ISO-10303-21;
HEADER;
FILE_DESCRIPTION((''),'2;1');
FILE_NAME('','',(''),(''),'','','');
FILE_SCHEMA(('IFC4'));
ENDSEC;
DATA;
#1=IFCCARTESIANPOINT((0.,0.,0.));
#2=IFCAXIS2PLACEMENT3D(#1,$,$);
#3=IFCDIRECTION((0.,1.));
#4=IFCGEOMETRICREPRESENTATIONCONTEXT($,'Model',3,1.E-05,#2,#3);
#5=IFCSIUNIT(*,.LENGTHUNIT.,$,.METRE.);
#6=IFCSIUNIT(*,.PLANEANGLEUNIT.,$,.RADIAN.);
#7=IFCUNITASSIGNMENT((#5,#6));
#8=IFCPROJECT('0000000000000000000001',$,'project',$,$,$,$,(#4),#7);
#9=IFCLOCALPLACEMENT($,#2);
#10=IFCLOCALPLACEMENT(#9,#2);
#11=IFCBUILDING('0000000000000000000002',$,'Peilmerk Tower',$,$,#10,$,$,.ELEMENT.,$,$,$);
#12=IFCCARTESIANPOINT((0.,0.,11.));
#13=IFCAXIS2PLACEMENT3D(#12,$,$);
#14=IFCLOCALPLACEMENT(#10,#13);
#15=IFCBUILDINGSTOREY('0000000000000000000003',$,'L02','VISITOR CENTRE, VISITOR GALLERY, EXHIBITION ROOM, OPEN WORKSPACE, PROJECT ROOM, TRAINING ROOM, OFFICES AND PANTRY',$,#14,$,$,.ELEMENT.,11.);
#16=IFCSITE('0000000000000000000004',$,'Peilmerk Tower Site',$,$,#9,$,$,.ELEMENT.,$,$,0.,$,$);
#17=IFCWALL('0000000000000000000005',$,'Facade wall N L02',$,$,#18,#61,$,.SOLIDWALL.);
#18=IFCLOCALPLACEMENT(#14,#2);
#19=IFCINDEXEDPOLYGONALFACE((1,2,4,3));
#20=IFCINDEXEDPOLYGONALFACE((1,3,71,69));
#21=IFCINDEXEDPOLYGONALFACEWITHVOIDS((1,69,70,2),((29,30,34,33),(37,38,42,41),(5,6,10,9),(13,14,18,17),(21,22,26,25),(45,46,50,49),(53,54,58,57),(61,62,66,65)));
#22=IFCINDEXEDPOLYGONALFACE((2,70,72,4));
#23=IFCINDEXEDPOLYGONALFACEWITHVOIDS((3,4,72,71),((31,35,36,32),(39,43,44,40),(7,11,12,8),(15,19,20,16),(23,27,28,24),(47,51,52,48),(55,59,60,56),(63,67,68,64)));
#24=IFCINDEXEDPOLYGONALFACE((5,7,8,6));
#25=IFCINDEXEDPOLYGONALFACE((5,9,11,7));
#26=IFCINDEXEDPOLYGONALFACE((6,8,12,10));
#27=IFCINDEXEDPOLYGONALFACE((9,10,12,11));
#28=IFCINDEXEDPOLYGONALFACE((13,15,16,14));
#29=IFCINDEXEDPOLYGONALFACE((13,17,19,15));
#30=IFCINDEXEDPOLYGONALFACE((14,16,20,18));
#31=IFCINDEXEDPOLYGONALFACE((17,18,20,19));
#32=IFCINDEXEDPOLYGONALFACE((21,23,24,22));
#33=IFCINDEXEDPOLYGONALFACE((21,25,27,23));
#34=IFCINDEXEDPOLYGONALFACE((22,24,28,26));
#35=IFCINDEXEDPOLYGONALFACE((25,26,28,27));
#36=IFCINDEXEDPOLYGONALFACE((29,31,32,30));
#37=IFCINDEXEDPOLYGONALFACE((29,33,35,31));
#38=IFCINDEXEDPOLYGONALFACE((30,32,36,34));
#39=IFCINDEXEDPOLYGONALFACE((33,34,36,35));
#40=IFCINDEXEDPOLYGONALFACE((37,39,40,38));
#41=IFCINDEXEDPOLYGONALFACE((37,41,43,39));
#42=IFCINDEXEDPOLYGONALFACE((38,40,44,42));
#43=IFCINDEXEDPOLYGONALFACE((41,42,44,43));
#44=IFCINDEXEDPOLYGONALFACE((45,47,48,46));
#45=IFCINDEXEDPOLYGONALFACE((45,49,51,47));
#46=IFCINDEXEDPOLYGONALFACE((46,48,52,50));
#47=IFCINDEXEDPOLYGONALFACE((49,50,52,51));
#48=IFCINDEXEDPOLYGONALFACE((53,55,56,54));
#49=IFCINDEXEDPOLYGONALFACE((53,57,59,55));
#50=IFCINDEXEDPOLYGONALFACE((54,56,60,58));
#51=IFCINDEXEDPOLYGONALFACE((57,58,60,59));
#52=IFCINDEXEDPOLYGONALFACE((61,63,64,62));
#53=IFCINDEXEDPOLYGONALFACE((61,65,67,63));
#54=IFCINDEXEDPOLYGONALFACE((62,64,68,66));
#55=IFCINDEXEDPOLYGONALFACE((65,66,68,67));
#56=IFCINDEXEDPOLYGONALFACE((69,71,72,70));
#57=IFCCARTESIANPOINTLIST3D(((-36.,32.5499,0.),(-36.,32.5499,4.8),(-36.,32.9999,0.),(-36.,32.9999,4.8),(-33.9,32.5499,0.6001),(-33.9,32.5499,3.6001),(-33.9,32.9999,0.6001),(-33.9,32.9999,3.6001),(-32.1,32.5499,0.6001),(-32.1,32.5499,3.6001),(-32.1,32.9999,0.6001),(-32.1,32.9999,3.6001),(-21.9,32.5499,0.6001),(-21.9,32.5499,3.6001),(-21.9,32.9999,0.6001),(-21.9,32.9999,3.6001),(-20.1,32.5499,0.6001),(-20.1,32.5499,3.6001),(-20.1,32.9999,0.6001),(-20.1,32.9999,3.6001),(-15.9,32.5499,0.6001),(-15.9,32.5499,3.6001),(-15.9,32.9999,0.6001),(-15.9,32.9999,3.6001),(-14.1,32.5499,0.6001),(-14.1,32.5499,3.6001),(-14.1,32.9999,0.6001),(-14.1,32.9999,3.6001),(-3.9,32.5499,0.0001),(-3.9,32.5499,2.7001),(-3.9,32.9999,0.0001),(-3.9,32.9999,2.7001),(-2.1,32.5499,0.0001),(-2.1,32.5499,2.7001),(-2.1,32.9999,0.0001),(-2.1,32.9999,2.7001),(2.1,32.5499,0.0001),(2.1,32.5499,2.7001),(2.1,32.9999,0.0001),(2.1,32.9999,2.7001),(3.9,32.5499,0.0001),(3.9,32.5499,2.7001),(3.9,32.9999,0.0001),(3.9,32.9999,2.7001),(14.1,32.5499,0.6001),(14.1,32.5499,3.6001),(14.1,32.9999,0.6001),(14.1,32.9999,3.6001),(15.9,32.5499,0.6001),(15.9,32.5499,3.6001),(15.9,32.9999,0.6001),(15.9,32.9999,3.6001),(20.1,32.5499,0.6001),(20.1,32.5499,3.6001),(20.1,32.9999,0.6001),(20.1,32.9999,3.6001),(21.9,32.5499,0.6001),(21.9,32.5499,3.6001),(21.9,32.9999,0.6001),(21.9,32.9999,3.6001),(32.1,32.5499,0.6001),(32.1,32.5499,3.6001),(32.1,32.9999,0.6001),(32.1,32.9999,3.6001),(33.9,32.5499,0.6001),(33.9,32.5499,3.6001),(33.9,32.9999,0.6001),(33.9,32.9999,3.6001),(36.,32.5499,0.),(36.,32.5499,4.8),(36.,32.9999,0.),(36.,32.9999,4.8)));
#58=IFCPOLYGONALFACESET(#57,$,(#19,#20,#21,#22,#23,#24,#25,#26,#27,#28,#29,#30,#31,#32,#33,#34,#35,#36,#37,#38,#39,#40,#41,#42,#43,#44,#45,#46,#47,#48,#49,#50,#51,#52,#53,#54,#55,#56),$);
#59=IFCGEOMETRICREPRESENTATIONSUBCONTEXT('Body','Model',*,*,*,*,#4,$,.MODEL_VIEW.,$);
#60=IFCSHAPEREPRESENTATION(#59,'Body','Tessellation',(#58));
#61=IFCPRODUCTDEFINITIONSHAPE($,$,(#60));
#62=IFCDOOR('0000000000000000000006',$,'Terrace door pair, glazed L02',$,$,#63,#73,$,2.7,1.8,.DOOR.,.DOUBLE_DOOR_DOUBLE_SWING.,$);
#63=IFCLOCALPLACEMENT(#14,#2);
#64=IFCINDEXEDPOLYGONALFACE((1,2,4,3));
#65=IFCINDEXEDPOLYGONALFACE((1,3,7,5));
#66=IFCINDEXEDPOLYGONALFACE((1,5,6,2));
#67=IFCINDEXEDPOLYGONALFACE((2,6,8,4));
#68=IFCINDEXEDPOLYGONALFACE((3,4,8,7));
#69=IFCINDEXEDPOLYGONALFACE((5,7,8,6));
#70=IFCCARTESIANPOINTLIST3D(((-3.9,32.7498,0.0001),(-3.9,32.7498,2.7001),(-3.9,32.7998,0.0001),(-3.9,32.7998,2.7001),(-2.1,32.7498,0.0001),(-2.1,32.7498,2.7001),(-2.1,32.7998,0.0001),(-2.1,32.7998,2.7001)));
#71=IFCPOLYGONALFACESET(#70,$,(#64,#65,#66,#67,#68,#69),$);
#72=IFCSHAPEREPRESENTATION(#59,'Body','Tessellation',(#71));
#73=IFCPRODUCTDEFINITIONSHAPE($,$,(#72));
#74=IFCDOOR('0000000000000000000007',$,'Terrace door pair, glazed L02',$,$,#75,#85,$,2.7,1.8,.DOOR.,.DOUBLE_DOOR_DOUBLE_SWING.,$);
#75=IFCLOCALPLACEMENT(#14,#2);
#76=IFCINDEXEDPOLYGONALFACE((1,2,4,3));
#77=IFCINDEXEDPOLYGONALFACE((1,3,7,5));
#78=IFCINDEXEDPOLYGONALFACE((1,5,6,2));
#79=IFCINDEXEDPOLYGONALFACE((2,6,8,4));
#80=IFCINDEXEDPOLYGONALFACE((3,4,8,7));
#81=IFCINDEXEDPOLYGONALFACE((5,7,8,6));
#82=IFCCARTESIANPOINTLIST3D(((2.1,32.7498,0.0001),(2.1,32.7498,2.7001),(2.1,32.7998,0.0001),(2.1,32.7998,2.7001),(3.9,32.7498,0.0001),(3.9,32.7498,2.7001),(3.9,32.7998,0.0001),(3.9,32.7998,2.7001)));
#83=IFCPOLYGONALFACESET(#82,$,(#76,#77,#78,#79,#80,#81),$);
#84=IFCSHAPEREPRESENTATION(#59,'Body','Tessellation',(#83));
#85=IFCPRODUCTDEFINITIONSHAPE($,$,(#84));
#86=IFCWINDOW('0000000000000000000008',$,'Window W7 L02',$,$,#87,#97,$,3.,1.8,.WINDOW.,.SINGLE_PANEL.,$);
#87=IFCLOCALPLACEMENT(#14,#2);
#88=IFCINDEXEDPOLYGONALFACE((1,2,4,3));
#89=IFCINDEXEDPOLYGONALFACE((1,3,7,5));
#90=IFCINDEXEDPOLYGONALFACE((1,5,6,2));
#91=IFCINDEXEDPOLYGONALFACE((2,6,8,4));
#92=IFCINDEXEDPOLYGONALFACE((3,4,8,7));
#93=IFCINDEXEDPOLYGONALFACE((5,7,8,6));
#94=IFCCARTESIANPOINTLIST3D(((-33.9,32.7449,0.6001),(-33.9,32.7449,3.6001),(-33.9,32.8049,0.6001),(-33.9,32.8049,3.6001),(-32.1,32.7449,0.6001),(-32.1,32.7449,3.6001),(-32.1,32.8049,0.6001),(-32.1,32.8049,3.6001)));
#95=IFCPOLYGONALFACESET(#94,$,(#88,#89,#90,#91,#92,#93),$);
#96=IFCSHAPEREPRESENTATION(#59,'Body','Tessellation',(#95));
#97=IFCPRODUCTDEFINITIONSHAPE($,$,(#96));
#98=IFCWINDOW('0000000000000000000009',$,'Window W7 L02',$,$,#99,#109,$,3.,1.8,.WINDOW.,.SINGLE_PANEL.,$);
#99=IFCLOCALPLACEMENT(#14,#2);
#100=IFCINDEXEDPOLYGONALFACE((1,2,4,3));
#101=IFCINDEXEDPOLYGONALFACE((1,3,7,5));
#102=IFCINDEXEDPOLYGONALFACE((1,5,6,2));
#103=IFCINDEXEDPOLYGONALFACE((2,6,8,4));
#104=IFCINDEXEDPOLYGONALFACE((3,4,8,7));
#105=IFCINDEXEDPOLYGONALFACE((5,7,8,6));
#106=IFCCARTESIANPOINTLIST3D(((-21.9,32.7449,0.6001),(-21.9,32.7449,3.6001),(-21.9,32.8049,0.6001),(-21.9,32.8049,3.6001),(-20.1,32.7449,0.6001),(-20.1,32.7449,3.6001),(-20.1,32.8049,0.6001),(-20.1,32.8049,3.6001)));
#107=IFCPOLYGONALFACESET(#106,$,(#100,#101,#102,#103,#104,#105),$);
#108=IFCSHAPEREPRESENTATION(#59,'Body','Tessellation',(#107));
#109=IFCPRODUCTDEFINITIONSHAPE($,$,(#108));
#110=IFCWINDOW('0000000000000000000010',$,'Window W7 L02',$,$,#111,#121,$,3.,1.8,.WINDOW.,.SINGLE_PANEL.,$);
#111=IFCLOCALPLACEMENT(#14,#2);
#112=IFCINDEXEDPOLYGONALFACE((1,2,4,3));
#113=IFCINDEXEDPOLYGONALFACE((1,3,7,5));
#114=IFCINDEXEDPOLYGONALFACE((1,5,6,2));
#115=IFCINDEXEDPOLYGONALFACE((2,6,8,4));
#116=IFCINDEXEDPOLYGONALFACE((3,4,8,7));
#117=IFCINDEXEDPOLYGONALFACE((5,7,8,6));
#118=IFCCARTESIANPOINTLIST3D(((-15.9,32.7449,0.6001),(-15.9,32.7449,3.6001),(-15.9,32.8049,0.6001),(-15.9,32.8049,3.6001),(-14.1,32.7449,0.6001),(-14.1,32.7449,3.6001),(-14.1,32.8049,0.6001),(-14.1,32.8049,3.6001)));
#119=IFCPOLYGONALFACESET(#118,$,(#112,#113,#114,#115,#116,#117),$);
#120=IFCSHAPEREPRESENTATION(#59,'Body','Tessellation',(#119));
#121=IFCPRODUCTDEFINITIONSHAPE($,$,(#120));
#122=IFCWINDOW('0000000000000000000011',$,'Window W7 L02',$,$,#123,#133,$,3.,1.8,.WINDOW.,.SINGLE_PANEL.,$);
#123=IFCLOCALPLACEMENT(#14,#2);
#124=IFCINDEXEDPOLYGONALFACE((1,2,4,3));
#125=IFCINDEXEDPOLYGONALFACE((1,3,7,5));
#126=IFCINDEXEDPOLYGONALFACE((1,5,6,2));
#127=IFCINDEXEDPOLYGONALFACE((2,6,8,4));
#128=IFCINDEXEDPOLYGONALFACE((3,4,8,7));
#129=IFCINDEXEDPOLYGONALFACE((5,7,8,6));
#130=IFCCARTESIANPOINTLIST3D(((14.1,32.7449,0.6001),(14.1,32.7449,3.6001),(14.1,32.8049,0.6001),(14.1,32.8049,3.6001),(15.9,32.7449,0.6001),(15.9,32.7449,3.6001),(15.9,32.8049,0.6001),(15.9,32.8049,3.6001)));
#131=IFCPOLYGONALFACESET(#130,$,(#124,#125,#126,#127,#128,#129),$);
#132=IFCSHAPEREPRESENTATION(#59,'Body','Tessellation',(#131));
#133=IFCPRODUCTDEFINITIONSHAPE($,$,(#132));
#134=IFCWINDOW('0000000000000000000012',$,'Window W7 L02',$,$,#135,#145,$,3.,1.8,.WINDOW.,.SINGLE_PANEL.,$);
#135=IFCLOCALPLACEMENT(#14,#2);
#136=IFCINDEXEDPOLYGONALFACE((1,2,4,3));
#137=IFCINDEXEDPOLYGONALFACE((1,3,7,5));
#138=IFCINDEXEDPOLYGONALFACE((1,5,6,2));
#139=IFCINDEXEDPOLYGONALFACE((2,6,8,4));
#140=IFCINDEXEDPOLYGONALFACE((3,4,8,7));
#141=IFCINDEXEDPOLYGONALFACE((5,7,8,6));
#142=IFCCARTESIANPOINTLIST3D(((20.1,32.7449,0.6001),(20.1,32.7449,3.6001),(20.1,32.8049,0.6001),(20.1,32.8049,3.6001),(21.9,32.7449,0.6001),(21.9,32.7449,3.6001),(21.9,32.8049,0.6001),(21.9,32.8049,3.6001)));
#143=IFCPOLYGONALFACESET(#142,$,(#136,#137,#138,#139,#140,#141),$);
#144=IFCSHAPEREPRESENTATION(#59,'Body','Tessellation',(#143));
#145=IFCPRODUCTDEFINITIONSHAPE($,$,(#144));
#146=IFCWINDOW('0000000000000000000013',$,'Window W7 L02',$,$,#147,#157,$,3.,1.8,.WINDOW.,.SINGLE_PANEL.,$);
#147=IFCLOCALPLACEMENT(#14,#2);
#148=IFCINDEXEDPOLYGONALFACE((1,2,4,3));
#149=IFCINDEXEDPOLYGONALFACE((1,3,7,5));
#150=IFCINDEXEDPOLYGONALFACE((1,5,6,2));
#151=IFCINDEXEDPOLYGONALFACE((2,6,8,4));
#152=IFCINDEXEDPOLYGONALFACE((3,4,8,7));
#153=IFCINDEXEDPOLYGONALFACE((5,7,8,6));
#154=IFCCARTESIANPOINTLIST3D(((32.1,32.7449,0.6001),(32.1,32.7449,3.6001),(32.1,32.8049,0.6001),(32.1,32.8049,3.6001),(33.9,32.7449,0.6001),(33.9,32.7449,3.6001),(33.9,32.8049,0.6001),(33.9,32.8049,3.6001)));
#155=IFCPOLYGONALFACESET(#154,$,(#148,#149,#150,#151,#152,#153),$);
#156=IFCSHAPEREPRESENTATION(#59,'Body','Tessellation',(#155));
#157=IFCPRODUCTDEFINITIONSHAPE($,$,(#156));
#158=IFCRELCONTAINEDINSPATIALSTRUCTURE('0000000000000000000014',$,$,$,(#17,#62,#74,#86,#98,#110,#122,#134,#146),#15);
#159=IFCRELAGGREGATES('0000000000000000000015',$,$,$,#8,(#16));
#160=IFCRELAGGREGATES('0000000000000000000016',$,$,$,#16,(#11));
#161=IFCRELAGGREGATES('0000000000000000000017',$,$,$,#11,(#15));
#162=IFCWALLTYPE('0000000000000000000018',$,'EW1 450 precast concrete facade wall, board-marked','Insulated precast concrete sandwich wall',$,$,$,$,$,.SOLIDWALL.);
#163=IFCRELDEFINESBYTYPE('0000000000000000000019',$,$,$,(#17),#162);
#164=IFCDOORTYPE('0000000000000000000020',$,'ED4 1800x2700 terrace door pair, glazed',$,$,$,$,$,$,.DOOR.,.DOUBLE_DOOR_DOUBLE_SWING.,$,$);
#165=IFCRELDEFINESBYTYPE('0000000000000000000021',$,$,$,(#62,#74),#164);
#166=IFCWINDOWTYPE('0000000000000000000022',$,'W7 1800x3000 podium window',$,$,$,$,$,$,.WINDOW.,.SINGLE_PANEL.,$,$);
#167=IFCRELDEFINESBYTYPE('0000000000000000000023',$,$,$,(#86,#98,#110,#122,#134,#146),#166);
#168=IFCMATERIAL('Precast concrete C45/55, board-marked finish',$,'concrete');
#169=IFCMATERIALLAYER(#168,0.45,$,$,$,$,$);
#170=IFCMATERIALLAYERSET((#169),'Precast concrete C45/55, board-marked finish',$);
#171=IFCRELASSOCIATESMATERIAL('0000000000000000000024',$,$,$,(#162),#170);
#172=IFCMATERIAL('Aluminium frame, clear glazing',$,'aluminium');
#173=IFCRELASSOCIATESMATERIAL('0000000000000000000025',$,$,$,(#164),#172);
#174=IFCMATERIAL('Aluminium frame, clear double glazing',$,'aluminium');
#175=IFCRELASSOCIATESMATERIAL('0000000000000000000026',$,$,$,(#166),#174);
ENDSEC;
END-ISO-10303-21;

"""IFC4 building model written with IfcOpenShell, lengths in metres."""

from ifc_helpers import new_model, si_unit, direction, frame, frame_2d, origin, place, context, subcontext, project, spatial, rectangle, extrude, material, layer, layer_set, type_object, element, fill, save


model = new_model("IFC4")

# Units and contexts
model_context = context("Model", 3, precision=1e-05, world=origin(), true_north=direction((0.0, 1.0)))
body_context = subcontext(model_context, "Body", "Model", "MODEL_VIEW")
ifc_project = project(units=[si_unit("LENGTHUNIT", "METRE"), si_unit("PLANEANGLEUNIT", "RADIAN")], contexts=[model_context])

# Site, building, storey
site_placement = place(None, origin())
site = spatial("IfcSite", under=ifc_project, at=site_placement, Name="Peilmerk Tower Site", CompositionType="ELEMENT", RefElevation=0.0)
building_placement = place(site_placement, origin())
building = spatial("IfcBuilding", under=site, at=building_placement, Name="Peilmerk Tower", CompositionType="ELEMENT")
storey_placement = place(building_placement, frame((0.0, 0.0, 11.0)))
storey = spatial("IfcBuildingStorey", under=building, at=storey_placement, Name="L02", Description="VISITOR CENTRE, VISITOR GALLERY, EXHIBITION ROOM, OPEN WORKSPACE, PROJECT ROOM, TRAINING ROOM, OFFICES AND PANTRY", CompositionType="ELEMENT", Elevation=11.0)

# Wall, openings, doors, windows
ifc_material_1 = material(Name="Precast concrete C45/55, board-marked finish", Category="concrete")
ifc_layer = layer(ifc_material_1, 0.45)
ifc_layer_set = layer_set([ifc_layer], Name="Precast concrete C45/55, board-marked finish")
wall_type = type_object("IfcWallType", Name="EW1 450 precast concrete facade wall, board-marked", Description="Insulated precast concrete sandwich wall", PredefinedType="SOLIDWALL", material=ifc_layer_set)
wall_placement = place(storey_placement, frame((-36.0, 32.7749, 0.0), z_axis=(0.0, 0.0, 1.0), x_axis=(1.0, 0.0, 0.0)))
wall = element("IfcWall", 1, at=wall_placement, inside=storey, type_object=wall_type, Name="Facade wall N L02", PredefinedType="SOLIDWALL", context=body_context, shape_type="SweptSolid", body=[
    extrude(rectangle(XDim=72.0, YDim=0.45, at=frame_2d((36.0, 0.0))), origin(), (0.0, 0.0, 1.0), 4.8),
])
opening_1_placement = place(wall_placement, frame((2.1001, 0.0, 0.6001)))
opening_1 = element("IfcOpeningElement", 2, at=opening_1_placement, cuts=wall, PredefinedType="OPENING", context=body_context, shape_type="SweptSolid", body=[
    extrude(rectangle(XDim=1.8, YDim=3.0, at=frame_2d((0.8999, 1.5))), frame((0.0, 0.2349, 0.0), z_axis=(0.0, -1.0, 0.0), x_axis=(1.0, 0.0, 0.0)), (0.0, 0.0, 1.0), 0.47),
])
opening_2_placement = place(wall_placement, frame((14.1001, 0.0, 0.6001)))
opening_2 = element("IfcOpeningElement", 3, at=opening_2_placement, cuts=wall, PredefinedType="OPENING", context=body_context, shape_type="SweptSolid", body=[
    extrude(rectangle(XDim=1.8, YDim=3.0, at=frame_2d((0.8999, 1.5))), frame((0.0, 0.2349, 0.0), z_axis=(0.0, -1.0, 0.0), x_axis=(1.0, 0.0, 0.0)), (0.0, 0.0, 1.0), 0.47),
])
opening_3_placement = place(wall_placement, frame((20.1001, 0.0, 0.6001)))
opening_3 = element("IfcOpeningElement", 4, at=opening_3_placement, cuts=wall, PredefinedType="OPENING", context=body_context, shape_type="SweptSolid", body=[
    extrude(rectangle(XDim=1.8, YDim=3.0, at=frame_2d((0.8999, 1.5))), frame((0.0, 0.2349, 0.0), z_axis=(0.0, -1.0, 0.0), x_axis=(1.0, 0.0, 0.0)), (0.0, 0.0, 1.0), 0.47),
])
opening_4_placement = place(wall_placement, frame((50.1001, 0.0, 0.6001)))
opening_4 = element("IfcOpeningElement", 5, at=opening_4_placement, cuts=wall, PredefinedType="OPENING", context=body_context, shape_type="SweptSolid", body=[
    extrude(rectangle(XDim=1.8, YDim=3.0, at=frame_2d((0.8999, 1.5))), frame((0.0, 0.2349, 0.0), z_axis=(0.0, -1.0, 0.0), x_axis=(1.0, 0.0, 0.0)), (0.0, 0.0, 1.0), 0.47),
])
opening_5_placement = place(wall_placement, frame((56.1001, 0.0, 0.6001)))
opening_5 = element("IfcOpeningElement", 6, at=opening_5_placement, cuts=wall, PredefinedType="OPENING", context=body_context, shape_type="SweptSolid", body=[
    extrude(rectangle(XDim=1.8, YDim=3.0, at=frame_2d((0.8999, 1.5))), frame((0.0, 0.2349, 0.0), z_axis=(0.0, -1.0, 0.0), x_axis=(1.0, 0.0, 0.0)), (0.0, 0.0, 1.0), 0.47),
])
opening_6_placement = place(wall_placement, frame((68.1001, 0.0, 0.6001)))
opening_6 = element("IfcOpeningElement", 7, at=opening_6_placement, cuts=wall, PredefinedType="OPENING", context=body_context, shape_type="SweptSolid", body=[
    extrude(rectangle(XDim=1.8, YDim=3.0, at=frame_2d((0.8999, 1.5))), frame((0.0, 0.2349, 0.0), z_axis=(0.0, -1.0, 0.0), x_axis=(1.0, 0.0, 0.0)), (0.0, 0.0, 1.0), 0.47),
])
opening_7_placement = place(wall_placement, frame((32.1001, 0.0, 0.0)))
opening_7 = element("IfcOpeningElement", 8, at=opening_7_placement, cuts=wall, PredefinedType="OPENING", context=body_context, shape_type="SweptSolid", body=[
    extrude(rectangle(XDim=1.8, YDim=2.7, at=frame_2d((0.8999, 1.3501))), frame((0.0, 0.2349, 0.0), z_axis=(0.0, -1.0, 0.0), x_axis=(1.0, 0.0, 0.0)), (0.0, 0.0, 1.0), 0.47),
])
opening_8_placement = place(wall_placement, frame((38.1001, 0.0, 0.0)))
opening_8 = element("IfcOpeningElement", 9, at=opening_8_placement, cuts=wall, PredefinedType="OPENING", context=body_context, shape_type="SweptSolid", body=[
    extrude(rectangle(XDim=1.8, YDim=2.7, at=frame_2d((0.8999, 1.3501))), frame((0.0, 0.2349, 0.0), z_axis=(0.0, -1.0, 0.0), x_axis=(1.0, 0.0, 0.0)), (0.0, 0.0, 1.0), 0.47),
])
ifc_material_2 = material(Name="Aluminium frame, clear glazing", Category="aluminium")
door_type = type_object("IfcDoorType", Name="ED4 1800x2700 terrace door pair, glazed", OperationType="DOUBLE_DOOR_DOUBLE_SWING", PredefinedType="DOOR", material=ifc_material_2)
door_1_placement = place(opening_7_placement, origin())
door_1 = element("IfcDoor", 10, at=door_1_placement, inside=storey, type_object=door_type, Name="Terrace door pair, glazed L02", OperationType="DOUBLE_DOOR_DOUBLE_SWING", OverallHeight=2.7, OverallWidth=1.8, PredefinedType="DOOR", context=body_context, shape_type="SweptSolid", body=[
    extrude(rectangle(XDim=1.8, YDim=2.7, at=frame_2d((0.8999, 1.3501))), frame((0.0, 0.0249, 0.0), z_axis=(0.0, -1.0, 0.0), x_axis=(1.0, 0.0, 0.0)), (0.0, 0.0, 1.0), 0.05),
])
fill(opening_7, door_1)
door_2_placement = place(opening_8_placement, origin())
door_2 = element("IfcDoor", 11, at=door_2_placement, inside=storey, type_object=door_type, Name="Terrace door pair, glazed L02", OperationType="DOUBLE_DOOR_DOUBLE_SWING", OverallHeight=2.7, OverallWidth=1.8, PredefinedType="DOOR", context=body_context, shape_type="SweptSolid", body=[
    extrude(rectangle(XDim=1.8, YDim=2.7, at=frame_2d((0.8999, 1.3501))), frame((0.0, 0.0249, 0.0), z_axis=(0.0, -1.0, 0.0), x_axis=(1.0, 0.0, 0.0)), (0.0, 0.0, 1.0), 0.05),
])
fill(opening_8, door_2)
ifc_material_3 = material(Name="Aluminium frame, clear double glazing", Category="aluminium")
window_type = type_object("IfcWindowType", Name="W7 1800x3000 podium window", PartitioningType="SINGLE_PANEL", PredefinedType="WINDOW", material=ifc_material_3)
window_1_placement = place(opening_1_placement, origin())
window_1 = element("IfcWindow", 12, at=window_1_placement, inside=storey, type_object=window_type, Name="Window W7 L02", OverallHeight=3.0, OverallWidth=1.8, PartitioningType="SINGLE_PANEL", PredefinedType="WINDOW", context=body_context, shape_type="SweptSolid", body=[
    extrude(rectangle(XDim=1.8, YDim=3.0, at=frame_2d((0.8999, 1.5))), frame((0.0, 0.03, 0.0), z_axis=(0.0, -1.0, 0.0), x_axis=(1.0, 0.0, 0.0)), (0.0, 0.0, 1.0), 0.0601),
])
fill(opening_1, window_1)
window_2_placement = place(opening_2_placement, origin())
window_2 = element("IfcWindow", 13, at=window_2_placement, inside=storey, type_object=window_type, Name="Window W7 L02", OverallHeight=3.0, OverallWidth=1.8, PartitioningType="SINGLE_PANEL", PredefinedType="WINDOW", context=body_context, shape_type="SweptSolid", body=[
    extrude(rectangle(XDim=1.8, YDim=3.0, at=frame_2d((0.8999, 1.5))), frame((0.0, 0.03, 0.0), z_axis=(0.0, -1.0, 0.0), x_axis=(1.0, 0.0, 0.0)), (0.0, 0.0, 1.0), 0.0601),
])
fill(opening_2, window_2)
window_3_placement = place(opening_3_placement, origin())
window_3 = element("IfcWindow", 14, at=window_3_placement, inside=storey, type_object=window_type, Name="Window W7 L02", OverallHeight=3.0, OverallWidth=1.8, PartitioningType="SINGLE_PANEL", PredefinedType="WINDOW", context=body_context, shape_type="SweptSolid", body=[
    extrude(rectangle(XDim=1.8, YDim=3.0, at=frame_2d((0.8999, 1.5))), frame((0.0, 0.03, 0.0), z_axis=(0.0, -1.0, 0.0), x_axis=(1.0, 0.0, 0.0)), (0.0, 0.0, 1.0), 0.0601),
])
fill(opening_3, window_3)
window_4_placement = place(opening_4_placement, origin())
window_4 = element("IfcWindow", 15, at=window_4_placement, inside=storey, type_object=window_type, Name="Window W7 L02", OverallHeight=3.0, OverallWidth=1.8, PartitioningType="SINGLE_PANEL", PredefinedType="WINDOW", context=body_context, shape_type="SweptSolid", body=[
    extrude(rectangle(XDim=1.8, YDim=3.0, at=frame_2d((0.8999, 1.5))), frame((0.0, 0.03, 0.0), z_axis=(0.0, -1.0, 0.0), x_axis=(1.0, 0.0, 0.0)), (0.0, 0.0, 1.0), 0.0601),
])
fill(opening_4, window_4)
window_5_placement = place(opening_5_placement, origin())
window_5 = element("IfcWindow", 16, at=window_5_placement, inside=storey, type_object=window_type, Name="Window W7 L02", OverallHeight=3.0, OverallWidth=1.8, PartitioningType="SINGLE_PANEL", PredefinedType="WINDOW", context=body_context, shape_type="SweptSolid", body=[
    extrude(rectangle(XDim=1.8, YDim=3.0, at=frame_2d((0.8999, 1.5))), frame((0.0, 0.03, 0.0), z_axis=(0.0, -1.0, 0.0), x_axis=(1.0, 0.0, 0.0)), (0.0, 0.0, 1.0), 0.0601),
])
fill(opening_5, window_5)
window_6_placement = place(opening_6_placement, origin())
window_6 = element("IfcWindow", 17, at=window_6_placement, inside=storey, type_object=window_type, Name="Window W7 L02", OverallHeight=3.0, OverallWidth=1.8, PartitioningType="SINGLE_PANEL", PredefinedType="WINDOW", context=body_context, shape_type="SweptSolid", body=[
    extrude(rectangle(XDim=1.8, YDim=3.0, at=frame_2d((0.8999, 1.5))), frame((0.0, 0.03, 0.0), z_axis=(0.0, -1.0, 0.0), x_axis=(1.0, 0.0, 0.0)), (0.0, 0.0, 1.0), 0.0601),
])
fill(opening_6, window_6)

save(model, "model.ifc")
